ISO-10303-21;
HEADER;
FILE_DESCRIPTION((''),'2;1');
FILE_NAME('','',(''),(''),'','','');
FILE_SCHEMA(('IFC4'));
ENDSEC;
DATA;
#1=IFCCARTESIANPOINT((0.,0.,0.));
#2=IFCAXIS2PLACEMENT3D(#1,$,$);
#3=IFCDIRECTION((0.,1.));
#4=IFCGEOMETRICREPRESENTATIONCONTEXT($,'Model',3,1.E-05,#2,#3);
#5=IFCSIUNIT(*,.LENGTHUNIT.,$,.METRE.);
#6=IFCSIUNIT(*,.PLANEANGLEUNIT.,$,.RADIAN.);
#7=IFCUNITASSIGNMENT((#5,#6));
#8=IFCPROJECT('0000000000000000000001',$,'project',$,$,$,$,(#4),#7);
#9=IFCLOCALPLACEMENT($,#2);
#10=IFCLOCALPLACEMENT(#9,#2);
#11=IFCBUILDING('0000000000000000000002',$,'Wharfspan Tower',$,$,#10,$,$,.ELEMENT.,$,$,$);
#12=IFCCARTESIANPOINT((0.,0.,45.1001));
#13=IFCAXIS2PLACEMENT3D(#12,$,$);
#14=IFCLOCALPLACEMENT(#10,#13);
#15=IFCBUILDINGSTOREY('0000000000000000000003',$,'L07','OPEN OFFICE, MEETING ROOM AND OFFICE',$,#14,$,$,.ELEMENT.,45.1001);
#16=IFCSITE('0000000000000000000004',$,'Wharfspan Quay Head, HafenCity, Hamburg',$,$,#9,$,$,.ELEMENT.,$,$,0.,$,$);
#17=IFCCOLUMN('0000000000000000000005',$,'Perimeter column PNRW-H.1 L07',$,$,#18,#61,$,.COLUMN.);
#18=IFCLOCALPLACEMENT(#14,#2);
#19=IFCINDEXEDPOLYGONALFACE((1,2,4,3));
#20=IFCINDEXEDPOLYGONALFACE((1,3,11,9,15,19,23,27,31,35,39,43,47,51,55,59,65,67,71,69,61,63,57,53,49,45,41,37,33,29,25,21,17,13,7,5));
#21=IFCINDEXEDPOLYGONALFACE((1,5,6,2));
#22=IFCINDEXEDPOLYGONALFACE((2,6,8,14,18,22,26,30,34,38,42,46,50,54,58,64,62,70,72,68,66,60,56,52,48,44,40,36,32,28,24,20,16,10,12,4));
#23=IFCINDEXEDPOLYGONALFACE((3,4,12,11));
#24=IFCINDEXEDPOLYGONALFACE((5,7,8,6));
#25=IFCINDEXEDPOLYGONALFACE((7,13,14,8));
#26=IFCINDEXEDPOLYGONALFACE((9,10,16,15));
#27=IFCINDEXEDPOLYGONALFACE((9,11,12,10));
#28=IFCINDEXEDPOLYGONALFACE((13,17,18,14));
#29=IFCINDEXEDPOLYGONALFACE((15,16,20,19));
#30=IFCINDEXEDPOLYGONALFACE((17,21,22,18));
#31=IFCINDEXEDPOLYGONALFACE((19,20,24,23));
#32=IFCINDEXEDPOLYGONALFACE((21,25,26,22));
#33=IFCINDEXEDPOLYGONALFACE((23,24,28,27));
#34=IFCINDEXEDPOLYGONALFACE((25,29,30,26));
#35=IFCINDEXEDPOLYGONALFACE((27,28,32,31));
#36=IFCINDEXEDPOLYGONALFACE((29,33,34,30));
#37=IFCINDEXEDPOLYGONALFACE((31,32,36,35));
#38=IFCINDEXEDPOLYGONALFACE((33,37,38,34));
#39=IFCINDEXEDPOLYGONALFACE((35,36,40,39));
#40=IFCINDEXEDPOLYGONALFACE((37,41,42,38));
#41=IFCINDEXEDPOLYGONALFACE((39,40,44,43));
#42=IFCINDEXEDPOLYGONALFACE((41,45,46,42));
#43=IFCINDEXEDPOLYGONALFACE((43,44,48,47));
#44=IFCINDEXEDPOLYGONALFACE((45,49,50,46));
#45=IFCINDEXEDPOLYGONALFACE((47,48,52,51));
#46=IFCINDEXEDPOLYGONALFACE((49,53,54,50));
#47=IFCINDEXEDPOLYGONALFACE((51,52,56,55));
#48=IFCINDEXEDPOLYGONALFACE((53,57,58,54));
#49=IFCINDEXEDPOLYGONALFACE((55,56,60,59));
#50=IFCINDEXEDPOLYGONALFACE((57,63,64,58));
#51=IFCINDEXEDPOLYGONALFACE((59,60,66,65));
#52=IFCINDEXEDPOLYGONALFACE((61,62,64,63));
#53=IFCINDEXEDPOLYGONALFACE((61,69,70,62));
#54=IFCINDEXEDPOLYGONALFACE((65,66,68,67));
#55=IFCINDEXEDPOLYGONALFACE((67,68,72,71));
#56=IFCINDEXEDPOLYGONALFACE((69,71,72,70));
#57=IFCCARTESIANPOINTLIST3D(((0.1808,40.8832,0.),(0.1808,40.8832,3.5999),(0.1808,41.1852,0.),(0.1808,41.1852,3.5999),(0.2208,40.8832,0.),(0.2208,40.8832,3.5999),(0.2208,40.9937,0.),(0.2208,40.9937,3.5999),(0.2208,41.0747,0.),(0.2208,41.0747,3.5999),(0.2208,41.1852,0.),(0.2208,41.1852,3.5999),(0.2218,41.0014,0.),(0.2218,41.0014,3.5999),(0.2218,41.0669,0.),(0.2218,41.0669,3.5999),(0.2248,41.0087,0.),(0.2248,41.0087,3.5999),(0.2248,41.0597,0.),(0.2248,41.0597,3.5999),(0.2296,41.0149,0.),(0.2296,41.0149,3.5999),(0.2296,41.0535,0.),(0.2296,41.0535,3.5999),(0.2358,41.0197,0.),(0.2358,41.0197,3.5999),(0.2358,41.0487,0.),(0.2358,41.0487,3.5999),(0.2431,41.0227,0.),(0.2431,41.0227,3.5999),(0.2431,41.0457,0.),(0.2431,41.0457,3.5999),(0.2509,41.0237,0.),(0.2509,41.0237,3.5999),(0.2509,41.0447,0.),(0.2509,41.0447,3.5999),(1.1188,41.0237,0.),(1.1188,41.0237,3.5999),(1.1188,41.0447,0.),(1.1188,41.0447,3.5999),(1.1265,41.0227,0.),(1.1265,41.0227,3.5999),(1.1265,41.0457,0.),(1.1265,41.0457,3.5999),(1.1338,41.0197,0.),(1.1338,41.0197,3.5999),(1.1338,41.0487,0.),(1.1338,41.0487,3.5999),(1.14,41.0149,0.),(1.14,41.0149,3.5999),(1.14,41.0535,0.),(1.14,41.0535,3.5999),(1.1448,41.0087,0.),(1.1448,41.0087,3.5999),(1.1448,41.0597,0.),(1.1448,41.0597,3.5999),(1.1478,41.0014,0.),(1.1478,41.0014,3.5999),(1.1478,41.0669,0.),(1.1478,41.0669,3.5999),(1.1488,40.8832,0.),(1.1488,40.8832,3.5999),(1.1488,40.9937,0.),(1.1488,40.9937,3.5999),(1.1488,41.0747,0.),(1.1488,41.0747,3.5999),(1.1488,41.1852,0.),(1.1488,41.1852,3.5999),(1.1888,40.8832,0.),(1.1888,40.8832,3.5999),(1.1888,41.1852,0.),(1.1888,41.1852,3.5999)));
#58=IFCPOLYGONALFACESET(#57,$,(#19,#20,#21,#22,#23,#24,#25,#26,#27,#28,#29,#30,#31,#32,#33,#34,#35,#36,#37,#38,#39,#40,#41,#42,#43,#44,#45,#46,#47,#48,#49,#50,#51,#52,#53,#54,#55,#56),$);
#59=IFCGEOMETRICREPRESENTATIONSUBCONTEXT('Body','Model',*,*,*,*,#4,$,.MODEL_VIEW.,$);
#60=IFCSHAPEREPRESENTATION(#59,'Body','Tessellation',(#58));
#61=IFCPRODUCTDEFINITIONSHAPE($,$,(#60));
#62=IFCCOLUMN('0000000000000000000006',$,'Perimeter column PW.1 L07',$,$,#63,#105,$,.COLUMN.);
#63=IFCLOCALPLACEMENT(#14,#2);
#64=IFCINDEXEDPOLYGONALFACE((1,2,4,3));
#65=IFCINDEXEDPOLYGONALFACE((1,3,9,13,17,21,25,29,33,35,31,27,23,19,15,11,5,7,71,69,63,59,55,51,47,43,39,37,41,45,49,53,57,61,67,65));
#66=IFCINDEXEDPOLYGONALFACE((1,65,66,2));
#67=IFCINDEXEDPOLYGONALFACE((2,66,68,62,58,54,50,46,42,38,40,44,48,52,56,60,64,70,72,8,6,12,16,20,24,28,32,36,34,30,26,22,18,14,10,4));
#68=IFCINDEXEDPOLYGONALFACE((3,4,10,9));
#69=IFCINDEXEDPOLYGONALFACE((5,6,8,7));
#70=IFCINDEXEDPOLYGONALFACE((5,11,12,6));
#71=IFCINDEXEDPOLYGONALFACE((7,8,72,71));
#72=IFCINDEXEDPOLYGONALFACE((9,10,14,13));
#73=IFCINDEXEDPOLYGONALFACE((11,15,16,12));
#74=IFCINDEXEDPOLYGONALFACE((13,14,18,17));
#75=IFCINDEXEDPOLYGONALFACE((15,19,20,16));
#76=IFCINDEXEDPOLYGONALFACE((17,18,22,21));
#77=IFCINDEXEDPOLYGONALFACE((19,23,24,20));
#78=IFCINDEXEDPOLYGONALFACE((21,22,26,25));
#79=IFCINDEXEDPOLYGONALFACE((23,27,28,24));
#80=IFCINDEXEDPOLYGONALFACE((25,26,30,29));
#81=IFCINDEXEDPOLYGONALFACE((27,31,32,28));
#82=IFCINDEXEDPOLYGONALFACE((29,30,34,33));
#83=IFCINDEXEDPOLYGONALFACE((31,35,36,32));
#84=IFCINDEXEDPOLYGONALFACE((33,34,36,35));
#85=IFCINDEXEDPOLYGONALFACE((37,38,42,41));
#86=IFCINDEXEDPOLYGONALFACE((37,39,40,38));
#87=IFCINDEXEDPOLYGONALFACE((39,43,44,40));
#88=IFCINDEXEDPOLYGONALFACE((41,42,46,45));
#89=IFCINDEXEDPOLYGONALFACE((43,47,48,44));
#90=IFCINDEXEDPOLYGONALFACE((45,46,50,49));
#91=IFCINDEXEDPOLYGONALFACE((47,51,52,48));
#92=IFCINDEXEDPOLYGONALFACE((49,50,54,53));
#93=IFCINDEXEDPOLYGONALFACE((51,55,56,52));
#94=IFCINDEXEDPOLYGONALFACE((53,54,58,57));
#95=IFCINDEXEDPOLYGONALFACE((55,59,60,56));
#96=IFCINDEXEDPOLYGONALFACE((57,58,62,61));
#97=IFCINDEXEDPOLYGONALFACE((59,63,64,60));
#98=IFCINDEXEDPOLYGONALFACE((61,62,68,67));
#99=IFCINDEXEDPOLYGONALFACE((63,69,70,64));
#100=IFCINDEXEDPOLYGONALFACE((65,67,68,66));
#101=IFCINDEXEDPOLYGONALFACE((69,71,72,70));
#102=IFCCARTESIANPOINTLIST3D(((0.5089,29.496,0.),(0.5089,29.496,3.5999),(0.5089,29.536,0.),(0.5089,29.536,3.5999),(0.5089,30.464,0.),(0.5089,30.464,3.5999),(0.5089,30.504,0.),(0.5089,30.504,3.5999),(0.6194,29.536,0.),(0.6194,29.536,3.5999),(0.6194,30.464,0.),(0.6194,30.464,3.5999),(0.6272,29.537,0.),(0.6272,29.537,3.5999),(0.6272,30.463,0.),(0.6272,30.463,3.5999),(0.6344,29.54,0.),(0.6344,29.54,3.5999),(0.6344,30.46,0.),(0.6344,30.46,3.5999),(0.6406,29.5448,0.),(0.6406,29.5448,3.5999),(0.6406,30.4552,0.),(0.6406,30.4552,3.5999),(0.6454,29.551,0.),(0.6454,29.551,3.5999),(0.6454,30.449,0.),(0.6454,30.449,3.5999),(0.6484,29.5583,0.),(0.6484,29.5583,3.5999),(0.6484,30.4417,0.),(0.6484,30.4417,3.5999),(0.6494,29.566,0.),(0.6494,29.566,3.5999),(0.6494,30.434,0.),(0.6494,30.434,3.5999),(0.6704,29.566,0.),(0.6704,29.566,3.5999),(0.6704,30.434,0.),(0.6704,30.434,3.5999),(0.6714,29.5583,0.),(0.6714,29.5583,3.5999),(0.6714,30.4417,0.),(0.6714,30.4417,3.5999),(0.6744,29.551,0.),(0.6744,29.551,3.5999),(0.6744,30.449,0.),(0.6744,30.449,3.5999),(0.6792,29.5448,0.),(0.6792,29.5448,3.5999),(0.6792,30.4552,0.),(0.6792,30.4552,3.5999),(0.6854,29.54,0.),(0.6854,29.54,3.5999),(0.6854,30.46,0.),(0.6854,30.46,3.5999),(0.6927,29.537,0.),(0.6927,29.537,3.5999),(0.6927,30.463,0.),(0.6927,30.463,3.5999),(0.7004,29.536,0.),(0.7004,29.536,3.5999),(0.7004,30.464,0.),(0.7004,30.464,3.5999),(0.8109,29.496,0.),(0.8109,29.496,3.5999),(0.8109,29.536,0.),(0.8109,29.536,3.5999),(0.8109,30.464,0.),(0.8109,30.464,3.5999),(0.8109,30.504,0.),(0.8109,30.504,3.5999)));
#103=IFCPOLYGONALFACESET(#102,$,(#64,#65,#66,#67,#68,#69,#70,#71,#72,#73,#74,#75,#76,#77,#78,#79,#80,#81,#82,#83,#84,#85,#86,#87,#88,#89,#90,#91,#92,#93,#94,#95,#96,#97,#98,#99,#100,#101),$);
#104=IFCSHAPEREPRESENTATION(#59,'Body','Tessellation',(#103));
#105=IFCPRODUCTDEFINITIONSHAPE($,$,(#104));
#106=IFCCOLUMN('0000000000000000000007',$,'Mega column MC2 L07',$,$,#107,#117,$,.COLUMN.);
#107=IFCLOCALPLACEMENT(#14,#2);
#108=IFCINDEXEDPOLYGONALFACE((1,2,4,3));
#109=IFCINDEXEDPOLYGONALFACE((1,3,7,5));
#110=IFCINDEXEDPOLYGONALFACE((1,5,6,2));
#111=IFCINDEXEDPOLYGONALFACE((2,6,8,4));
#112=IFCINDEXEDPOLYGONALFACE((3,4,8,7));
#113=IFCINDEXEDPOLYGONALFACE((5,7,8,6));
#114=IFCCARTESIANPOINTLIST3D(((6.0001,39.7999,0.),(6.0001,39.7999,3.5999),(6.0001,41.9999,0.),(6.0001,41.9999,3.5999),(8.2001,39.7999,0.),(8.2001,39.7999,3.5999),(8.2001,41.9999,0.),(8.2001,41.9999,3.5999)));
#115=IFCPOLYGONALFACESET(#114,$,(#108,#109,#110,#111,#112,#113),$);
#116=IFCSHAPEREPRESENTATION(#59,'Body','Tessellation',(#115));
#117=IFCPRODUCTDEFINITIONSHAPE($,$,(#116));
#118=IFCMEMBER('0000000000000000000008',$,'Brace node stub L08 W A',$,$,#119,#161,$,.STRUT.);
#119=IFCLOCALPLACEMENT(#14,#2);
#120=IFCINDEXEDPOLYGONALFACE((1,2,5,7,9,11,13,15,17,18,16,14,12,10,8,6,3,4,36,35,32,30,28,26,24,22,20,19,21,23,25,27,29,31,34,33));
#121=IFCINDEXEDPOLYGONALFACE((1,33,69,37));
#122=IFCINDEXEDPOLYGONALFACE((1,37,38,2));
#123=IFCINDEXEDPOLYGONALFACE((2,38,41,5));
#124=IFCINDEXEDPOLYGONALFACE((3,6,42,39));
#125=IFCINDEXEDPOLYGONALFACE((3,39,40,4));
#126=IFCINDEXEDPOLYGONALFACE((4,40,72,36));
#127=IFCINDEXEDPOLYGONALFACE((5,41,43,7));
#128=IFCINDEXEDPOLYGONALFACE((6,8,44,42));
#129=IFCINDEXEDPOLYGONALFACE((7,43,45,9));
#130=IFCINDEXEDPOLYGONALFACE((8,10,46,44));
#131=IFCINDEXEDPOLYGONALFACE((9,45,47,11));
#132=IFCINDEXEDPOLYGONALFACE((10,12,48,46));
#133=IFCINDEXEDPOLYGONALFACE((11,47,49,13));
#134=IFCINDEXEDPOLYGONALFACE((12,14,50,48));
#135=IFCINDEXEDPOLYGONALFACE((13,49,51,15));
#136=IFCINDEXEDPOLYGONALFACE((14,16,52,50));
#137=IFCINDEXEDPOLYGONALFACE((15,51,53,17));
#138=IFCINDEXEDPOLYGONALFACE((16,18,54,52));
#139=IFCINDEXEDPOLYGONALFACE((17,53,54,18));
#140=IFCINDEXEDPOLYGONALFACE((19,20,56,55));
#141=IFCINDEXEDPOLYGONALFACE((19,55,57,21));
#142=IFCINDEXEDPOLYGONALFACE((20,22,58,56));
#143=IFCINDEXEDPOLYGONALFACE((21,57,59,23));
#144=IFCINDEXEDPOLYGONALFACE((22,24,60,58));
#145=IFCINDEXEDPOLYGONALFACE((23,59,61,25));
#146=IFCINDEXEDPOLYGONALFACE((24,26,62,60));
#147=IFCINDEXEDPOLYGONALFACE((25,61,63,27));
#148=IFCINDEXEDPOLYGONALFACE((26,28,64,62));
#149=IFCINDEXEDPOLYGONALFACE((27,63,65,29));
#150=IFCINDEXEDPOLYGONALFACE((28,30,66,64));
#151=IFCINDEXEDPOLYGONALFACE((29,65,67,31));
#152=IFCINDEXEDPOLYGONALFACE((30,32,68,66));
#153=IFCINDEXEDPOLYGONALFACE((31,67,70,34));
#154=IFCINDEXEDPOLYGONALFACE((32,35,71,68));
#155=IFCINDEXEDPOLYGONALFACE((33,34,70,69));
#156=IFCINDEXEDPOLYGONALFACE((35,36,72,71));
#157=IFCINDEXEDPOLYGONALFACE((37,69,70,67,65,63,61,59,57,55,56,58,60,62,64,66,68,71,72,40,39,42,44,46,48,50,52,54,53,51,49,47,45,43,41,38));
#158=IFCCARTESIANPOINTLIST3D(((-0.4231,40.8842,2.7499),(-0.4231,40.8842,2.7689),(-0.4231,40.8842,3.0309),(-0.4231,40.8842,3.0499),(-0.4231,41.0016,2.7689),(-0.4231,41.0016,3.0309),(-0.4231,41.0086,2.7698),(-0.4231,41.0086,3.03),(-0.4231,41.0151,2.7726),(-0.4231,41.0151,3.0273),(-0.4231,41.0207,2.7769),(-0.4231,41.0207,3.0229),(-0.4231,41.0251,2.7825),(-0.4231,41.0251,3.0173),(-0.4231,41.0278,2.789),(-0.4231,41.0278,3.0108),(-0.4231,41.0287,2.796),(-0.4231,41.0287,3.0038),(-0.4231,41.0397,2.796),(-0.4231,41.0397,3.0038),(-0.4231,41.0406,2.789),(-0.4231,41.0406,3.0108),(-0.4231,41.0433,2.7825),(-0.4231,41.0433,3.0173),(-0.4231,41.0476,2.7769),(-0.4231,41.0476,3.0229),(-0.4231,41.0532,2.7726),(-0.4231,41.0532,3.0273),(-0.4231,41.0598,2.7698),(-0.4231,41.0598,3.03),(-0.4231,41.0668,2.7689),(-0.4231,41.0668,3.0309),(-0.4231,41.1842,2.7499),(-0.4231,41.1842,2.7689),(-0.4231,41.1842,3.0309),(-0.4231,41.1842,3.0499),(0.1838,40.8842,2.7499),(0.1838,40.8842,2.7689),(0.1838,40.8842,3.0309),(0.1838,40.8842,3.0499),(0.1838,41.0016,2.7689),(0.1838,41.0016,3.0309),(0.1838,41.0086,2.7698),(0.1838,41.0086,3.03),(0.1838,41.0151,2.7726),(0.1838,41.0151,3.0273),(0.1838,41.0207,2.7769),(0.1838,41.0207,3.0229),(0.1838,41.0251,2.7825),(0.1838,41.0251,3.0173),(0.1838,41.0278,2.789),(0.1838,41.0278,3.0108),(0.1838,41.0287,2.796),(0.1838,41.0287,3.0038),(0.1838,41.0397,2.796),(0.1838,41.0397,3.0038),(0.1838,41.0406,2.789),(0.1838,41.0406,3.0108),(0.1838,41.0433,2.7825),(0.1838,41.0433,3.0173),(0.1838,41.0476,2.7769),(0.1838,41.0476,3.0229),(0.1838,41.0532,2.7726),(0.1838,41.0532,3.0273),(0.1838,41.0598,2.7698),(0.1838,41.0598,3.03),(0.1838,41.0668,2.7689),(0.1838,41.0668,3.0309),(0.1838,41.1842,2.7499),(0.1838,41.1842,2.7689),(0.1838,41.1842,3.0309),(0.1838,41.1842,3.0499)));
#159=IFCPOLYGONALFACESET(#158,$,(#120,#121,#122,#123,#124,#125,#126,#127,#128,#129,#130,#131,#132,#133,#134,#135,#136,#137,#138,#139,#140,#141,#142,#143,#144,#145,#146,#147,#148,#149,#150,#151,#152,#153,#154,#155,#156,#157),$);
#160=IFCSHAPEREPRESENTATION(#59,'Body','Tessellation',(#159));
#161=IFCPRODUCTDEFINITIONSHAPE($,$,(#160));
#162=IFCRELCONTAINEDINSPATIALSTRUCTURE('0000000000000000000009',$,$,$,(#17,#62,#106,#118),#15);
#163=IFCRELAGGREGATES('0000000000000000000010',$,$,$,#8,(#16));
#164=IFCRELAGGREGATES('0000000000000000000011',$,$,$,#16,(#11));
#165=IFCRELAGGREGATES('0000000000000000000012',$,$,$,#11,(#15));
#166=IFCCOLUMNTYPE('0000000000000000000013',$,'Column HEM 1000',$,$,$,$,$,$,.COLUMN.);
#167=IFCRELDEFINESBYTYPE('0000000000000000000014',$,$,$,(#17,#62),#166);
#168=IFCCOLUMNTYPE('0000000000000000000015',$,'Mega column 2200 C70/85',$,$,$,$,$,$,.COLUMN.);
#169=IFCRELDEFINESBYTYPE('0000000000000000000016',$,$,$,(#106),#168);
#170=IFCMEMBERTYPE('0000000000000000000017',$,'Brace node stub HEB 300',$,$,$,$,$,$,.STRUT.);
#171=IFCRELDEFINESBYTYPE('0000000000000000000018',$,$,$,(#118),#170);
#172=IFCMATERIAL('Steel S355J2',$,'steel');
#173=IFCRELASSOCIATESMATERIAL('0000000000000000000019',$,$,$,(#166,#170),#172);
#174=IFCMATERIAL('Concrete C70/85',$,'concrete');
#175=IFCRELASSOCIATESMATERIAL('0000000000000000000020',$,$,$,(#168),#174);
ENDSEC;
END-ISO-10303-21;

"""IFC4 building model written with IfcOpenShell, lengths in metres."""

from ifc_helpers import new_model, si_unit, direction, frame, origin, origin_2d, place, context, subcontext, project, spatial, rectangle, i_section, extrude, material, material_profile, profile_set, type_object, element, save


model = new_model("IFC4")

# Units and contexts
model_context = context("Model", 3, precision=1e-05, world=origin(), true_north=direction((0.0, 1.0)))
body_context = subcontext(model_context, "Body", "Model", "MODEL_VIEW")
ifc_project = project(units=[si_unit("LENGTHUNIT", "METRE"), si_unit("PLANEANGLEUNIT", "RADIAN")], contexts=[model_context])

# Site, building, storey
site_placement = place(None, origin())
site = spatial("IfcSite", under=ifc_project, at=site_placement, Name="Wharfspan Quay Head, HafenCity, Hamburg", CompositionType="ELEMENT", RefElevation=0.0)
building_placement = place(site_placement, origin())
building = spatial("IfcBuilding", under=site, at=building_placement, Name="Wharfspan Tower", CompositionType="ELEMENT")
storey_placement = place(building_placement, frame((0.0, 0.0, 45.1001)))
storey = spatial("IfcBuildingStorey", under=building, at=storey_placement, Name="L07", Description="OPEN OFFICE, MEETING ROOM AND OFFICE", CompositionType="ELEMENT", Elevation=45.1001)

# Columns
ifc_material_1 = material(Name="Steel S355J2", Category="steel")
ifc_material_profile_1 = material_profile(ifc_material_1, i_section(OverallWidth=0.302, OverallDepth=1.0081, WebThickness=0.021, FlangeThickness=0.04, FilletRadius=0.03, at=origin_2d()))
ifc_profile_set_1 = profile_set([ifc_material_profile_1], Name="Steel S355J2")
column_type_1 = type_object("IfcColumnType", Name="Column HEM 1000", PredefinedType="COLUMN", material=ifc_profile_set_1)
for number, where, z_axis, x_axis, name in (
    (1, (0.6848, 41.0342, 0.0), (0.0, 0.0, 1.0), (0.0, 1.0, 0.0), "Perimeter column PNRW-H.1 L07"),
    (2, (0.6599, 30.0, 0.0), (0.0, 0.0, 1.0), (-1.0, 0.0, 0.0), "Perimeter column PW.1 L07"),
):
    element("IfcColumn", number, at=place(storey_placement, frame(where, z_axis=z_axis, x_axis=x_axis)), inside=storey, type_object=column_type_1, Name=name, PredefinedType="COLUMN", context=body_context, shape_type="SweptSolid", body=[
        extrude(i_section(OverallWidth=0.302, OverallDepth=1.0081, WebThickness=0.021, FlangeThickness=0.04, FilletRadius=0.03, at=origin_2d()), origin(), (0.0, 0.0, 1.0), 3.5999),
    ])
ifc_material_2 = material(Name="Concrete C70/85", Category="concrete")
ifc_material_profile_2 = material_profile(ifc_material_2, rectangle(XDim=2.2, YDim=2.2, at=origin_2d()))
ifc_profile_set_2 = profile_set([ifc_material_profile_2], Name="Concrete C70/85")
column_type_2 = type_object("IfcColumnType", Name="Mega column 2200 C70/85", PredefinedType="COLUMN", material=ifc_profile_set_2)
column_placement = place(storey_placement, frame((7.1001, 40.8999, 0.0), z_axis=(0.0, 0.0, 1.0), x_axis=(1.0, 0.0, 0.0)))
element("IfcColumn", 3, at=column_placement, inside=storey, type_object=column_type_2, Name="Mega column MC2 L07", PredefinedType="COLUMN", context=body_context, shape_type="SweptSolid", body=[
    extrude(rectangle(XDim=2.2, YDim=2.2, at=origin_2d()), origin(), (0.0, 0.0, 1.0), 3.5999),
])

# Member
ifc_material_profile_3 = material_profile(ifc_material_1, i_section(OverallWidth=0.3, OverallDepth=0.3, WebThickness=0.011, FlangeThickness=0.019, FilletRadius=0.0271, at=origin_2d()))
ifc_profile_set_3 = profile_set([ifc_material_profile_3], Name="Steel S355J2")
member_type_1 = type_object("IfcMemberType", Name="Brace node stub HEB 300", PredefinedType="STRUT", material=ifc_profile_set_3)
member_1_placement = place(storey_placement, frame((0.1838, 41.0342, 2.8999), z_axis=(-1.0, 0.0, 0.0), x_axis=(0.0, -1.0, 0.0)))
element("IfcMember", 4, at=member_1_placement, inside=storey, type_object=member_type_1, Name="Brace node stub L08 W A", PredefinedType="STRUT", context=body_context, shape_type="SweptSolid", body=[
    extrude(i_section(OverallWidth=0.3, OverallDepth=0.3, WebThickness=0.011, FlangeThickness=0.019, FilletRadius=0.0271, at=origin_2d()), origin(), (0.0, 0.0, 1.0), 0.6069),
])

save(model, "model.ifc")
